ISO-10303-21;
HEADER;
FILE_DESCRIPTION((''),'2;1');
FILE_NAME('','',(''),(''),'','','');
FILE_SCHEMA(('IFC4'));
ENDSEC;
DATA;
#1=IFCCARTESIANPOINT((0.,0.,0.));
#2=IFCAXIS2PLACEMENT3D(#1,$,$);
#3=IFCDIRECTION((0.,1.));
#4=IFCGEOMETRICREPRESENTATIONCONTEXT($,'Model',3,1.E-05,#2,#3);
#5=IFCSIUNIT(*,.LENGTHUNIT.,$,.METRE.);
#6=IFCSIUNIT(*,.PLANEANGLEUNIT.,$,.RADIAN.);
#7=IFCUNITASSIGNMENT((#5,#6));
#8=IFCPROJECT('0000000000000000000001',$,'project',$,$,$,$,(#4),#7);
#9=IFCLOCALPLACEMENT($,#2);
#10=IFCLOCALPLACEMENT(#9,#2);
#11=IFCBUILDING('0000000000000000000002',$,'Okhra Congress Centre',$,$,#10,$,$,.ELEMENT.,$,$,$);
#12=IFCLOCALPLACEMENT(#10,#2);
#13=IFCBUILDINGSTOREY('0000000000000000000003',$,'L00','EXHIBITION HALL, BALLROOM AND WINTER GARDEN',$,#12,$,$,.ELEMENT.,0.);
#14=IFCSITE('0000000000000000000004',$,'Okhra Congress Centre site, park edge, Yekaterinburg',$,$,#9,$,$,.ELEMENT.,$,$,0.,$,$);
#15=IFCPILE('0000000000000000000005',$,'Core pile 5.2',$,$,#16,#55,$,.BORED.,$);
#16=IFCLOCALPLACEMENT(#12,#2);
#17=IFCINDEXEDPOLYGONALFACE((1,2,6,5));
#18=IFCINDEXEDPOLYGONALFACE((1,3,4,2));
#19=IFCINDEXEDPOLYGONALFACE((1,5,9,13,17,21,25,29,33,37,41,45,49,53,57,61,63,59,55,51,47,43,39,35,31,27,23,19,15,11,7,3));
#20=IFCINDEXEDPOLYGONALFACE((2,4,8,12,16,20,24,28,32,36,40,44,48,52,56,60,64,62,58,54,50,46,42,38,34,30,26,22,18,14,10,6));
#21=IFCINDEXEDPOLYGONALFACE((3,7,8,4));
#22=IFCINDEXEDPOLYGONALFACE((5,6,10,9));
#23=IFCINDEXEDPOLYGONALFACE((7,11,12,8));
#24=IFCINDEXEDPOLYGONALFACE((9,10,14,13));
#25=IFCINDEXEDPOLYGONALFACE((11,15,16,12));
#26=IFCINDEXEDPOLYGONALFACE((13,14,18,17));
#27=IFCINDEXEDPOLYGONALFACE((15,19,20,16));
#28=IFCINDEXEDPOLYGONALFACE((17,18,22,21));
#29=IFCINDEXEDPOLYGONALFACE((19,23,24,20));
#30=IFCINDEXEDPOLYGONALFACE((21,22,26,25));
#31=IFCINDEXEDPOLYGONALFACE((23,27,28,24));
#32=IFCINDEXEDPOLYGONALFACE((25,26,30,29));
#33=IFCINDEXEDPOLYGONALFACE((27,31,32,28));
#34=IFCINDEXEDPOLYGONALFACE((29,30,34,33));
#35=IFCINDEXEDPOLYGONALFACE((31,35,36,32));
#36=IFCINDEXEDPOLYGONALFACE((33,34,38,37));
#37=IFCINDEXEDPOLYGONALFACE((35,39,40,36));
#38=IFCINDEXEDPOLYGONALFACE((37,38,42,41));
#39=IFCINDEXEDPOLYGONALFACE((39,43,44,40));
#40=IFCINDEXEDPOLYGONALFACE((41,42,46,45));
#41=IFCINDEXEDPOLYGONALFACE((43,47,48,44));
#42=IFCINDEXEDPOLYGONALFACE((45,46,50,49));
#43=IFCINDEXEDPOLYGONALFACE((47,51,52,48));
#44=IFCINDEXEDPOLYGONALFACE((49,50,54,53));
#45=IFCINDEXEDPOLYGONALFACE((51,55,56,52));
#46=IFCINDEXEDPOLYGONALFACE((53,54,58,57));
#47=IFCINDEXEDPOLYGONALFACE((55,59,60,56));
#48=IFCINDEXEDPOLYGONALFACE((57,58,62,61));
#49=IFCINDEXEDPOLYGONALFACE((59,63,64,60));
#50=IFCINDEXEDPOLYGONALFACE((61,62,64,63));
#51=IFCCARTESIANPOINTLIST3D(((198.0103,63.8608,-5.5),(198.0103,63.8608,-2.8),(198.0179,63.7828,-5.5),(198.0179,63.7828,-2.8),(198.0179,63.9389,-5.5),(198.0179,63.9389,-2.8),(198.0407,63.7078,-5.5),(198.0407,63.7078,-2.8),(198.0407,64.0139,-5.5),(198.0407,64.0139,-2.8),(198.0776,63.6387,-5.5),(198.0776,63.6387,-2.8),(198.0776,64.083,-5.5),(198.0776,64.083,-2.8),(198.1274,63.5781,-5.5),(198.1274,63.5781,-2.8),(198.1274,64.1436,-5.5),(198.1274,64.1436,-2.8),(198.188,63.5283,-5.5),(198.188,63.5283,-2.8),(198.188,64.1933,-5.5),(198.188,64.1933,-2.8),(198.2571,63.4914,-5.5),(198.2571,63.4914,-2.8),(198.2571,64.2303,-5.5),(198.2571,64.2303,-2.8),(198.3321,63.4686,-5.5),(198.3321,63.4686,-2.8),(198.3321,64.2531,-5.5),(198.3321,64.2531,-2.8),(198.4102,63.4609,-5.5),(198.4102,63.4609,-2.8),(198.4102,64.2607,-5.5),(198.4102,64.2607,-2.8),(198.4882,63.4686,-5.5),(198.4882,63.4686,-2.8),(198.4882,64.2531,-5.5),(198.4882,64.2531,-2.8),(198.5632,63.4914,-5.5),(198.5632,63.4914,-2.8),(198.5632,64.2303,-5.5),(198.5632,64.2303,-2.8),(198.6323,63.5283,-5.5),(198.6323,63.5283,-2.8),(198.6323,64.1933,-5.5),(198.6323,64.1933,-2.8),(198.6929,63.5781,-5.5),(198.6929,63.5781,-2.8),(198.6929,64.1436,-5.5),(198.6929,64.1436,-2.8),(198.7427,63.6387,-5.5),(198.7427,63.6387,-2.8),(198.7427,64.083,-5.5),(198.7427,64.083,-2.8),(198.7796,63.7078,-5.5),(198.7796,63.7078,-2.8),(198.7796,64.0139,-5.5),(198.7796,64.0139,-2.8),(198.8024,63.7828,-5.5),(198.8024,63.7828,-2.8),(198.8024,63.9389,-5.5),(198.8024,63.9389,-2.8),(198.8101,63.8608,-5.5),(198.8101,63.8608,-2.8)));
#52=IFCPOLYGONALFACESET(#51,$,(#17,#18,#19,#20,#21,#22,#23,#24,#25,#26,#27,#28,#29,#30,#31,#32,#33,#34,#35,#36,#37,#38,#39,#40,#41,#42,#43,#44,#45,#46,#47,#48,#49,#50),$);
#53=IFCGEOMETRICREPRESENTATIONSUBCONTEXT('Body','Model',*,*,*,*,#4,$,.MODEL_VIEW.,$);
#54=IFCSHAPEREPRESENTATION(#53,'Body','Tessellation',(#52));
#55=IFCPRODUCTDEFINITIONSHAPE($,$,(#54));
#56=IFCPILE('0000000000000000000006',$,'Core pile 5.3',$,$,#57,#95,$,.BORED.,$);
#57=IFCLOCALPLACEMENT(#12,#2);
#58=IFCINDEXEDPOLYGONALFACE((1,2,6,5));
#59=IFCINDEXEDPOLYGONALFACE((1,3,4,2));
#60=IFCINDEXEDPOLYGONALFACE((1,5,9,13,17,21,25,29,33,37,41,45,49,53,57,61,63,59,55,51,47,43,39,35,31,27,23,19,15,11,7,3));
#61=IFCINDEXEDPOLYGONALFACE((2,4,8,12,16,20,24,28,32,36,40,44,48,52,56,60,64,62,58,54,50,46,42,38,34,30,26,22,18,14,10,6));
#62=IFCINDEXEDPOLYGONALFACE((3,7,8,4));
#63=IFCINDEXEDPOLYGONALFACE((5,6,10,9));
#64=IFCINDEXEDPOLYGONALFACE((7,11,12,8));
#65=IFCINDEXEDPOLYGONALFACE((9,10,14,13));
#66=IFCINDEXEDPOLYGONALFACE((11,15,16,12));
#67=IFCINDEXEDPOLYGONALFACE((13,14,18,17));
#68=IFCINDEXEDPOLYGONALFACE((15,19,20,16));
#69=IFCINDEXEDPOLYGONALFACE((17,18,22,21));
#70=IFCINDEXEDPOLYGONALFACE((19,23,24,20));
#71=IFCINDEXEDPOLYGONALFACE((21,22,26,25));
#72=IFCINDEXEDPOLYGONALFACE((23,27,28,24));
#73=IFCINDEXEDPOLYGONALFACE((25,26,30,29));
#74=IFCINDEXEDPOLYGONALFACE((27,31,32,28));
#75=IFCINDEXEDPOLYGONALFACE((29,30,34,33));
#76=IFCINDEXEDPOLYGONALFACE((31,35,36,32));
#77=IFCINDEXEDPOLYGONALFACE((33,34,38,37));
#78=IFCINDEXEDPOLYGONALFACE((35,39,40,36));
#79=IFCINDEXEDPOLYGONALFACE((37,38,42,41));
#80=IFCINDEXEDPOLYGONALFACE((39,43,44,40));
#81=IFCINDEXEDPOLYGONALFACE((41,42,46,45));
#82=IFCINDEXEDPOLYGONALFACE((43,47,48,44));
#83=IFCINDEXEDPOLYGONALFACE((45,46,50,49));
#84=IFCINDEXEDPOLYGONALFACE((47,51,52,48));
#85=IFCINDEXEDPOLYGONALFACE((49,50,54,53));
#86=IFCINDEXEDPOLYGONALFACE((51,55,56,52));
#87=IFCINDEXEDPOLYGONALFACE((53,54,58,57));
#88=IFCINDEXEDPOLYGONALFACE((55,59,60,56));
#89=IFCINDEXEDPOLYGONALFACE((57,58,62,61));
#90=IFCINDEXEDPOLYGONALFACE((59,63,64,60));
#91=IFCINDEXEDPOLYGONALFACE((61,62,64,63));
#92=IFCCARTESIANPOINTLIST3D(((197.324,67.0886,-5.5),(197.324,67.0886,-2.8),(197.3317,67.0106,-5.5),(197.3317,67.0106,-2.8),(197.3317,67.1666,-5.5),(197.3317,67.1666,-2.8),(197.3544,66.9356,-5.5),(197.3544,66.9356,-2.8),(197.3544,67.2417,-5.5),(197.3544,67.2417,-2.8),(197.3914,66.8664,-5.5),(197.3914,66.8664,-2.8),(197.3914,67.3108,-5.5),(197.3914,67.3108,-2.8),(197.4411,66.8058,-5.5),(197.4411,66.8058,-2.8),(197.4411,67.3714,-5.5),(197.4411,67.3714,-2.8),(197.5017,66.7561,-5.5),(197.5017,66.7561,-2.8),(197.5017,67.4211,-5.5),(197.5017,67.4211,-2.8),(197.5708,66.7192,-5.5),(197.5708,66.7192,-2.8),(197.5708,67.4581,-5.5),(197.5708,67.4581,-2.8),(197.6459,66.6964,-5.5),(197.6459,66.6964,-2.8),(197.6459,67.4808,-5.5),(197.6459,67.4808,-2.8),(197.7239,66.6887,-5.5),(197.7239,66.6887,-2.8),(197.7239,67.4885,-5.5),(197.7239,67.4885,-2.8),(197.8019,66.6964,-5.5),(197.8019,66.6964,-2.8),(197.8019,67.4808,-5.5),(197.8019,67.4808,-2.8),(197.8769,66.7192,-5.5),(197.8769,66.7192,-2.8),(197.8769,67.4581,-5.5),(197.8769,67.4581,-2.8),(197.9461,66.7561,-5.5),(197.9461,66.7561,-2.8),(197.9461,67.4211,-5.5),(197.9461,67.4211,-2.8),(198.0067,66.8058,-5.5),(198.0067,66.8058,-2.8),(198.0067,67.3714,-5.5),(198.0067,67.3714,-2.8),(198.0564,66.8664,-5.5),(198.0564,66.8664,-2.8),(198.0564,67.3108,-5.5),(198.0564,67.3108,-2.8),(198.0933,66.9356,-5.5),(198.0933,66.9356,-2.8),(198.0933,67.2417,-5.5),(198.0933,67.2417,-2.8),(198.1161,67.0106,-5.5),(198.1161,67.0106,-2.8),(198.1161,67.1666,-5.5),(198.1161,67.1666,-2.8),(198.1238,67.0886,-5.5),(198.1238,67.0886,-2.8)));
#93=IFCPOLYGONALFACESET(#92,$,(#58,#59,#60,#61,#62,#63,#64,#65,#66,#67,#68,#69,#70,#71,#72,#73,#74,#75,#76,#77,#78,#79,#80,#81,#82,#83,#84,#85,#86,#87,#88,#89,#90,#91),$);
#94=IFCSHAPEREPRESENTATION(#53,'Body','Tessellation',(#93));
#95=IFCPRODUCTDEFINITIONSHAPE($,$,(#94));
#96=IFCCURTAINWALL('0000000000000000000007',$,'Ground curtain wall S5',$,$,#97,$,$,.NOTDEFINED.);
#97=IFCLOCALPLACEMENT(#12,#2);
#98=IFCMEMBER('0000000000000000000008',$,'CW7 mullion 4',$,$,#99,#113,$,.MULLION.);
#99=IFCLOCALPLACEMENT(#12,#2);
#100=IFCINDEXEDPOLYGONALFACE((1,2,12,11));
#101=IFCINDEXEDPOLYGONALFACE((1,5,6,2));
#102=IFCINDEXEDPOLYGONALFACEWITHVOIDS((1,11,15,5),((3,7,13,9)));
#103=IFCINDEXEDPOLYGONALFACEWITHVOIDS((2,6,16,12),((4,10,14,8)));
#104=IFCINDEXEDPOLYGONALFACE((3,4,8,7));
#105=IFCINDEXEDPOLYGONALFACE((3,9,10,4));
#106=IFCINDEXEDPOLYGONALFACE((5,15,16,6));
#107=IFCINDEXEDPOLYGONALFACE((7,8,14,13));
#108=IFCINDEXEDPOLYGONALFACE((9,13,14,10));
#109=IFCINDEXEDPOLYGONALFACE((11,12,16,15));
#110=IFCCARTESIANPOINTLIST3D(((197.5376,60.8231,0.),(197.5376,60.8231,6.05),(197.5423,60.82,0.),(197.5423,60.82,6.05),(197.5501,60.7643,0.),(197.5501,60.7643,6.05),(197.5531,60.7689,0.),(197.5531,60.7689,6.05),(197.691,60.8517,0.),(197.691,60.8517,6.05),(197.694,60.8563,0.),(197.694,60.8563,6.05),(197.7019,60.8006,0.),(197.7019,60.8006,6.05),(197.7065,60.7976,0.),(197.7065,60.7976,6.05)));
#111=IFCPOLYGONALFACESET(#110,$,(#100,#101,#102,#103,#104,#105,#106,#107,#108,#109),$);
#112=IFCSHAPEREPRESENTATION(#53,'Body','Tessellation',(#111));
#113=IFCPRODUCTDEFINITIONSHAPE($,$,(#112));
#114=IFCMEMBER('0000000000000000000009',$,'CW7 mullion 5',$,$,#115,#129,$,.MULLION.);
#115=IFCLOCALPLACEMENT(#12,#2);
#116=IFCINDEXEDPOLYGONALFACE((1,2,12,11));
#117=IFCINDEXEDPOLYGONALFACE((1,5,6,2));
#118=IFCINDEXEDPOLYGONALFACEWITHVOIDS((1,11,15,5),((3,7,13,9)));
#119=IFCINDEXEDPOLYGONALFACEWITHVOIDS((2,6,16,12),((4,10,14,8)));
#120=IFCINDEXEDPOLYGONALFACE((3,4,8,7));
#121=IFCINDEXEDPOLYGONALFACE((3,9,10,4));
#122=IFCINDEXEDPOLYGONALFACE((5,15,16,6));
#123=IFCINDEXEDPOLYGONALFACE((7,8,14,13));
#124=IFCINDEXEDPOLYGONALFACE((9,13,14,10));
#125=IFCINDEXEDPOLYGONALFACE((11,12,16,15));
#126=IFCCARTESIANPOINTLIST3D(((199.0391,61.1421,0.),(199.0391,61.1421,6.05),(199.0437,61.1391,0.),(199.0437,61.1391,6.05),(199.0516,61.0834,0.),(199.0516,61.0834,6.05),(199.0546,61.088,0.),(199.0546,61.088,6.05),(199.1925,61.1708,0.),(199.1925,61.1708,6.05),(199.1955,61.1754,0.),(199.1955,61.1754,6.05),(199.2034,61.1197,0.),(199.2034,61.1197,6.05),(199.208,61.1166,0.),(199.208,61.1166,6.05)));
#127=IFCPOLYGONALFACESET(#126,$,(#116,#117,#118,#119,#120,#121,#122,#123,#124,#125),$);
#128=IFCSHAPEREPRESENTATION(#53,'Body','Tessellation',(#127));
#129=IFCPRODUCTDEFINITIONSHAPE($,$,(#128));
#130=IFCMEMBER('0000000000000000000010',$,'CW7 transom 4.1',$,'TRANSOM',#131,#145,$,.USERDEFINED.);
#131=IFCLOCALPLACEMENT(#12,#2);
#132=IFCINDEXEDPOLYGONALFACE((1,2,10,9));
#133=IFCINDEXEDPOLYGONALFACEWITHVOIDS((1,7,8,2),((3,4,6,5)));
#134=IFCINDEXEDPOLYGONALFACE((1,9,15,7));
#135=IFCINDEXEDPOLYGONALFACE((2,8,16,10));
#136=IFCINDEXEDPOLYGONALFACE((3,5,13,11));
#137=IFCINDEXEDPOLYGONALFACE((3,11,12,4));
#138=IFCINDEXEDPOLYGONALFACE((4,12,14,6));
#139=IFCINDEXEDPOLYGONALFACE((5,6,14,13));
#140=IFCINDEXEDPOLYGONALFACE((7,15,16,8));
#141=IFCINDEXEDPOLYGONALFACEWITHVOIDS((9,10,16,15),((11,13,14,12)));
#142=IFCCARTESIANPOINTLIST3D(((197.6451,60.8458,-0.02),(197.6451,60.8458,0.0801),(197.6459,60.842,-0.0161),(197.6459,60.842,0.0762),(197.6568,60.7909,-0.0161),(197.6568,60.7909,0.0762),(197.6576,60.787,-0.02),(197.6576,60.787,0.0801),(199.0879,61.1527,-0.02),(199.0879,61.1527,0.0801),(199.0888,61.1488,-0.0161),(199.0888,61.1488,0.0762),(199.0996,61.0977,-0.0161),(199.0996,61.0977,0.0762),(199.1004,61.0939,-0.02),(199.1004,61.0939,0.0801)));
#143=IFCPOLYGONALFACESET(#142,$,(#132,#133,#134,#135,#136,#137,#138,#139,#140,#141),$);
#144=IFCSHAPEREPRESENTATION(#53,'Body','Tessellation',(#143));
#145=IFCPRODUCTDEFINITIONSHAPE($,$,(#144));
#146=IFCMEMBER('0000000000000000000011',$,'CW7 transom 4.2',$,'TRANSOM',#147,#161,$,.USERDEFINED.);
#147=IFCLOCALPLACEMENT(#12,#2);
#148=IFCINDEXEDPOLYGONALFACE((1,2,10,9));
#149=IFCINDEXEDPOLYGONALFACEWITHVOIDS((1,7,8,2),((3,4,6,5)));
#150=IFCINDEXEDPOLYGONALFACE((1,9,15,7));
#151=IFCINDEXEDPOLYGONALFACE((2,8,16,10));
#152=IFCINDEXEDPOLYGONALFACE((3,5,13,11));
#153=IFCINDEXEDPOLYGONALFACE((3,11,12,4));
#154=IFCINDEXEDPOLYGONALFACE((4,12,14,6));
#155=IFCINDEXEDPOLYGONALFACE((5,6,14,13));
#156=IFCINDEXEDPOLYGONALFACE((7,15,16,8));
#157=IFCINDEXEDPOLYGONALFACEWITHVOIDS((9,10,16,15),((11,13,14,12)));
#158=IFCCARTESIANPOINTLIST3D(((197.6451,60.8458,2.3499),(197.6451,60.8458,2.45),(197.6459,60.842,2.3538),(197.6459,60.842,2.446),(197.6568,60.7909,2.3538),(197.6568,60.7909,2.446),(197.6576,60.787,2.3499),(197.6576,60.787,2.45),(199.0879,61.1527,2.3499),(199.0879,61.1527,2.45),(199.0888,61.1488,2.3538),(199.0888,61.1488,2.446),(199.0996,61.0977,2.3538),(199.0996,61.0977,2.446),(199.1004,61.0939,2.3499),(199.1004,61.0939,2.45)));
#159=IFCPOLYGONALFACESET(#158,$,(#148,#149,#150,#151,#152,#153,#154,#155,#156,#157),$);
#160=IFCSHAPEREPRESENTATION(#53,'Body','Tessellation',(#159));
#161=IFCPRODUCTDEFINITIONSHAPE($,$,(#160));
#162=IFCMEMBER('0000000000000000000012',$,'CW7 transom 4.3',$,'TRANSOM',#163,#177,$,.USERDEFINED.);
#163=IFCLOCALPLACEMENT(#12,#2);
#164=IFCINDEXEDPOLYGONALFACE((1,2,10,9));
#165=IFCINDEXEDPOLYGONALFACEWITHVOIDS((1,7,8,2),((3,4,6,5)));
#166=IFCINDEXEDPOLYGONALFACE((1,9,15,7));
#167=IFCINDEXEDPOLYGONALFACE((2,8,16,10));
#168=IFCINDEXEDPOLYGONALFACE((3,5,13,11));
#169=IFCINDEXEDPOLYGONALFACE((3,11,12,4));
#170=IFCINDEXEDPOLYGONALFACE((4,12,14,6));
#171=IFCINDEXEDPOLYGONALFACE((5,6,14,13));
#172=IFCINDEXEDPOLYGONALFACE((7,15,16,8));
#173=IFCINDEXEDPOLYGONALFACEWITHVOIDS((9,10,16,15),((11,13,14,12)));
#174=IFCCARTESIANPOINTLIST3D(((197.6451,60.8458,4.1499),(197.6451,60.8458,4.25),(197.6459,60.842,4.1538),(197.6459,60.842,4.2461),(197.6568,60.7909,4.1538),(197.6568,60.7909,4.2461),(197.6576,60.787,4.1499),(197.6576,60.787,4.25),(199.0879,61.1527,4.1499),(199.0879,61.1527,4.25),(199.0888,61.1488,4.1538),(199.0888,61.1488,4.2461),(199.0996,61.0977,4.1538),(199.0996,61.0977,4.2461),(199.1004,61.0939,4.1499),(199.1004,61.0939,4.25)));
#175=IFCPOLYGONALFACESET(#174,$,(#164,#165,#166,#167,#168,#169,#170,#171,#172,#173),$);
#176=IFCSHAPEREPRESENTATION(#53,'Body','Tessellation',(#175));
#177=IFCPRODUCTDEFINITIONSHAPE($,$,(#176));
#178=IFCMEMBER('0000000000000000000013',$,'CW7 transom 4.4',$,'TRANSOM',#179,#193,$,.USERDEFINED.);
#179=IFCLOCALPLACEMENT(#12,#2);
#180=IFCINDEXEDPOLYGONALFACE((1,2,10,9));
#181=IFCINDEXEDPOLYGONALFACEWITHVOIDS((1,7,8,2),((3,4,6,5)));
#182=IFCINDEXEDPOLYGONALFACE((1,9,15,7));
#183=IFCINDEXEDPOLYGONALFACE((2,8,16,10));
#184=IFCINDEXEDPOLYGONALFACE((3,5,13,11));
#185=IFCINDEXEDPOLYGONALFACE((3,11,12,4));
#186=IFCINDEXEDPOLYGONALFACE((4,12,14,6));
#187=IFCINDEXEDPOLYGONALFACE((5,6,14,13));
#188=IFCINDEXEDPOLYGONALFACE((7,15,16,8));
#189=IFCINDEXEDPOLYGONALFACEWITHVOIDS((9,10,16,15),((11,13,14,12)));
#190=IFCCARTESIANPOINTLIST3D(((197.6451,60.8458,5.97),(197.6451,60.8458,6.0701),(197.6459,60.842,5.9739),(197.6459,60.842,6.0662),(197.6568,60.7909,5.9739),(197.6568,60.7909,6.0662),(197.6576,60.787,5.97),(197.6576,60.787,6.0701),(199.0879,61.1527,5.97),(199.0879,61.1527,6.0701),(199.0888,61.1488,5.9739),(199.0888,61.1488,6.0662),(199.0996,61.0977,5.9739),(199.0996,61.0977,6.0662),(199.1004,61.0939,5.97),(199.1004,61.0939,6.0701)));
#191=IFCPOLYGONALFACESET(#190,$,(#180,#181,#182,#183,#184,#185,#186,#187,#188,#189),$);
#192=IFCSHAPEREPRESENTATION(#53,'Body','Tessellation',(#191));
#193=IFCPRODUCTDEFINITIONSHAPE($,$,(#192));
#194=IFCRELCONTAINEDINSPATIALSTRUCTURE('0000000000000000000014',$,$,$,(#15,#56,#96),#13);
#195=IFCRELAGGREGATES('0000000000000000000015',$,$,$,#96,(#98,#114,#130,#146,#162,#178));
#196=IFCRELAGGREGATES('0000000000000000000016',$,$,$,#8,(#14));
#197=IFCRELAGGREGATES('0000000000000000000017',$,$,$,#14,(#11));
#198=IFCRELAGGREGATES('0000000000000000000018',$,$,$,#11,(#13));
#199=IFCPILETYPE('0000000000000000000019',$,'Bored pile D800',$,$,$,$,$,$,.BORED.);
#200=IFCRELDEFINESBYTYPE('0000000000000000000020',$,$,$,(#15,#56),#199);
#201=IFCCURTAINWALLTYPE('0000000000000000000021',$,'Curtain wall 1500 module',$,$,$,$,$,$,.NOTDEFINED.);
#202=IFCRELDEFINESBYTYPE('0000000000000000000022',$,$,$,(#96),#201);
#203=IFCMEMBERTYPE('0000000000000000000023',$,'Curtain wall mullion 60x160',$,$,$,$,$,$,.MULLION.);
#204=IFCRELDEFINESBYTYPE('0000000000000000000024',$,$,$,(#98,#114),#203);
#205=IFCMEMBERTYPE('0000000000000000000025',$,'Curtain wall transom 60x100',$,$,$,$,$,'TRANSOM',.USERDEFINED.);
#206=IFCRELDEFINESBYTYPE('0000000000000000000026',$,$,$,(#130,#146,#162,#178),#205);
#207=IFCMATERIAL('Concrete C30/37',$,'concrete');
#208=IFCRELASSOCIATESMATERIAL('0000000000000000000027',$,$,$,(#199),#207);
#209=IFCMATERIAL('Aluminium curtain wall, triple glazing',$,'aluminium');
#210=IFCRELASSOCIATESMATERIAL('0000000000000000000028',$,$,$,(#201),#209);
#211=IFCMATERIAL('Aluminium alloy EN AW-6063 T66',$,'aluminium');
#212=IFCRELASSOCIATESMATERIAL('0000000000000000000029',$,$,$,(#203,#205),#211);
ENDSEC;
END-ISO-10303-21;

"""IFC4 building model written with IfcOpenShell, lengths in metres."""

from ifc_helpers import new_model, si_unit, direction, frame, origin, origin_2d, place, context, subcontext, project, spatial, hollow_rectangle, circle, extrude, material, material_profile, profile_set, type_object, element, aggregate, save


model = new_model("IFC4")

# Units and contexts
model_context = context("Model", 3, precision=1e-05, world=origin(), true_north=direction((0.0, 1.0)))
body_context = subcontext(model_context, "Body", "Model", "MODEL_VIEW")
ifc_project = project(units=[si_unit("LENGTHUNIT", "METRE"), si_unit("PLANEANGLEUNIT", "RADIAN")], contexts=[model_context])

# Site, building, storey
site_placement = place(None, origin())
site = spatial("IfcSite", under=ifc_project, at=site_placement, Name="Okhra Congress Centre site, park edge, Yekaterinburg", CompositionType="ELEMENT", RefElevation=0.0)
building_placement = place(site_placement, origin())
building = spatial("IfcBuilding", under=site, at=building_placement, Name="Okhra Congress Centre", CompositionType="ELEMENT")
storey_placement = place(building_placement, origin())
storey = spatial("IfcBuildingStorey", under=building, at=storey_placement, Name="L00", Description="EXHIBITION HALL, BALLROOM AND WINTER GARDEN", CompositionType="ELEMENT", Elevation=0.0)

# Piles
ifc_material_1 = material(Name="Concrete C30/37", Category="concrete")
ifc_material_profile_1 = material_profile(ifc_material_1, circle(Radius=0.3999, at=origin_2d()), Name="D800")
ifc_profile_set_1 = profile_set([ifc_material_profile_1], Name="Concrete C30/37")
pile_type = type_object("IfcPileType", Name="Bored pile D800", PredefinedType="BORED", material=ifc_profile_set_1)
for number, where, z_axis, x_axis, name in (
    (1, (198.4102, 63.8608, -2.8), (0.0, 0.0, -1.0), (1.0, 0.0, 0.0), "Core pile 5.2"),
    (2, (197.7239, 67.0886, -2.8), (0.0, 0.0, -1.0), (1.0, 0.0, 0.0), "Core pile 5.3"),
):
    element("IfcPile", number, at=place(storey_placement, frame(where, z_axis=z_axis, x_axis=x_axis)), inside=storey, type_object=pile_type, Name=name, PredefinedType="BORED", context=body_context, shape_type="SweptSolid", body=[
        extrude(circle(Radius=0.3999, at=origin_2d()), origin(), (0.0, 0.0, 1.0), 2.7),
    ])

# Curtain wall, members
ifc_material_2 = material(Name="Aluminium curtain wall, triple glazing", Category="aluminium")
curtain_wall_type = type_object("IfcCurtainWallType", Name="Curtain wall 1500 module", PredefinedType="NOTDEFINED", material=ifc_material_2)
curtain_wall_placement = place(storey_placement, origin())
curtain_wall = element("IfcCurtainWall", 3, at=curtain_wall_placement, inside=storey, type_object=curtain_wall_type, Name="Ground curtain wall S5", PredefinedType="NOTDEFINED")
ifc_material_3 = material(Name="Aluminium alloy EN AW-6063 T66", Category="aluminium")
ifc_material_profile_2 = material_profile(ifc_material_3, hollow_rectangle(XDim=0.0601, YDim=0.1599, WallThickness=0.0039, at=origin_2d()), Name="RHS 60x160x4")
ifc_profile_set_2 = profile_set([ifc_material_profile_2], Name="Aluminium alloy EN AW-6063 T66")
member_type_1 = type_object("IfcMemberType", Name="Curtain wall mullion 60x160", PredefinedType="MULLION", material=ifc_profile_set_2)
member_1_placement = place(storey_placement, frame((197.6221, 60.8103, 0.0), z_axis=(0.0, 0.0, 1.0), x_axis=(-0.207912, 0.978148, 0.0)))
member_1 = element("IfcMember", 4, at=member_1_placement, type_object=member_type_1, Name="CW7 mullion 4", PredefinedType="MULLION", context=body_context, shape_type="SweptSolid", body=[
    extrude(hollow_rectangle(XDim=0.0601, YDim=0.1599, WallThickness=0.0039, at=origin_2d()), origin(), (0.0, 0.0, 1.0), 6.05),
])
member_2_placement = place(storey_placement, frame((199.1235, 61.1294, 0.0), z_axis=(0.0, 0.0, 1.0), x_axis=(-0.207912, 0.978148, 0.0)))
member_2 = element("IfcMember", 5, at=member_2_placement, type_object=member_type_1, Name="CW7 mullion 5", PredefinedType="MULLION", context=body_context, shape_type="SweptSolid", body=[
    extrude(hollow_rectangle(XDim=0.0601, YDim=0.1599, WallThickness=0.0039, at=origin_2d()), origin(), (0.0, 0.0, 1.0), 6.05),
])
ifc_material_profile_3 = material_profile(ifc_material_3, hollow_rectangle(XDim=0.0601, YDim=0.1001, WallThickness=0.0039, at=origin_2d()), Name="RHS 60x100x4")
ifc_profile_set_3 = profile_set([ifc_material_profile_3], Name="Aluminium alloy EN AW-6063 T66")
member_type_2 = type_object("IfcMemberType", Name="Curtain wall transom 60x100", ElementType="TRANSOM", PredefinedType="USERDEFINED", material=ifc_profile_set_3)
member_3_placement = place(storey_placement, frame((197.6514, 60.8164, 0.03), z_axis=(0.978121, 0.208037, 0.0), x_axis=(-0.208037, 0.978121, 0.0)))
member_3 = element("IfcMember", 6, at=member_3_placement, type_object=member_type_2, Name="CW7 transom 4.1", ObjectType="TRANSOM", PredefinedType="USERDEFINED", context=body_context, shape_type="SweptSolid", body=[
    extrude(hollow_rectangle(XDim=0.0601, YDim=0.1001, WallThickness=0.0039, at=origin_2d()), origin(), (0.0, 0.0, 1.0), 1.4751),
])
member_4_placement = place(storey_placement, frame((197.6514, 60.8164, 2.3999), z_axis=(0.978121, 0.208037, 0.0), x_axis=(-0.208037, 0.978121, 0.0)))
member_4 = element("IfcMember", 7, at=member_4_placement, type_object=member_type_2, Name="CW7 transom 4.2", ObjectType="TRANSOM", PredefinedType="USERDEFINED", context=body_context, shape_type="SweptSolid", body=[
    extrude(hollow_rectangle(XDim=0.0601, YDim=0.1001, WallThickness=0.0039, at=origin_2d()), origin(), (0.0, 0.0, 1.0), 1.4751),
])
member_5_placement = place(storey_placement, frame((197.6514, 60.8164, 4.2), z_axis=(0.978121, 0.208037, 0.0), x_axis=(-0.208037, 0.978121, 0.0)))
member_5 = element("IfcMember", 8, at=member_5_placement, type_object=member_type_2, Name="CW7 transom 4.3", ObjectType="TRANSOM", PredefinedType="USERDEFINED", context=body_context, shape_type="SweptSolid", body=[
    extrude(hollow_rectangle(XDim=0.0601, YDim=0.1001, WallThickness=0.0039, at=origin_2d()), origin(), (0.0, 0.0, 1.0), 1.4751),
])
member_6_placement = place(storey_placement, frame((197.6514, 60.8164, 6.02), z_axis=(0.978121, 0.208037, 0.0), x_axis=(-0.208037, 0.978121, 0.0)))
member_6 = element("IfcMember", 9, at=member_6_placement, type_object=member_type_2, Name="CW7 transom 4.4", ObjectType="TRANSOM", PredefinedType="USERDEFINED", context=body_context, shape_type="SweptSolid", body=[
    extrude(hollow_rectangle(XDim=0.0601, YDim=0.1001, WallThickness=0.0039, at=origin_2d()), origin(), (0.0, 0.0, 1.0), 1.4751),
])
aggregate(curtain_wall, [member_1, member_2, member_3, member_4, member_5, member_6])

save(model, "model.ifc")
